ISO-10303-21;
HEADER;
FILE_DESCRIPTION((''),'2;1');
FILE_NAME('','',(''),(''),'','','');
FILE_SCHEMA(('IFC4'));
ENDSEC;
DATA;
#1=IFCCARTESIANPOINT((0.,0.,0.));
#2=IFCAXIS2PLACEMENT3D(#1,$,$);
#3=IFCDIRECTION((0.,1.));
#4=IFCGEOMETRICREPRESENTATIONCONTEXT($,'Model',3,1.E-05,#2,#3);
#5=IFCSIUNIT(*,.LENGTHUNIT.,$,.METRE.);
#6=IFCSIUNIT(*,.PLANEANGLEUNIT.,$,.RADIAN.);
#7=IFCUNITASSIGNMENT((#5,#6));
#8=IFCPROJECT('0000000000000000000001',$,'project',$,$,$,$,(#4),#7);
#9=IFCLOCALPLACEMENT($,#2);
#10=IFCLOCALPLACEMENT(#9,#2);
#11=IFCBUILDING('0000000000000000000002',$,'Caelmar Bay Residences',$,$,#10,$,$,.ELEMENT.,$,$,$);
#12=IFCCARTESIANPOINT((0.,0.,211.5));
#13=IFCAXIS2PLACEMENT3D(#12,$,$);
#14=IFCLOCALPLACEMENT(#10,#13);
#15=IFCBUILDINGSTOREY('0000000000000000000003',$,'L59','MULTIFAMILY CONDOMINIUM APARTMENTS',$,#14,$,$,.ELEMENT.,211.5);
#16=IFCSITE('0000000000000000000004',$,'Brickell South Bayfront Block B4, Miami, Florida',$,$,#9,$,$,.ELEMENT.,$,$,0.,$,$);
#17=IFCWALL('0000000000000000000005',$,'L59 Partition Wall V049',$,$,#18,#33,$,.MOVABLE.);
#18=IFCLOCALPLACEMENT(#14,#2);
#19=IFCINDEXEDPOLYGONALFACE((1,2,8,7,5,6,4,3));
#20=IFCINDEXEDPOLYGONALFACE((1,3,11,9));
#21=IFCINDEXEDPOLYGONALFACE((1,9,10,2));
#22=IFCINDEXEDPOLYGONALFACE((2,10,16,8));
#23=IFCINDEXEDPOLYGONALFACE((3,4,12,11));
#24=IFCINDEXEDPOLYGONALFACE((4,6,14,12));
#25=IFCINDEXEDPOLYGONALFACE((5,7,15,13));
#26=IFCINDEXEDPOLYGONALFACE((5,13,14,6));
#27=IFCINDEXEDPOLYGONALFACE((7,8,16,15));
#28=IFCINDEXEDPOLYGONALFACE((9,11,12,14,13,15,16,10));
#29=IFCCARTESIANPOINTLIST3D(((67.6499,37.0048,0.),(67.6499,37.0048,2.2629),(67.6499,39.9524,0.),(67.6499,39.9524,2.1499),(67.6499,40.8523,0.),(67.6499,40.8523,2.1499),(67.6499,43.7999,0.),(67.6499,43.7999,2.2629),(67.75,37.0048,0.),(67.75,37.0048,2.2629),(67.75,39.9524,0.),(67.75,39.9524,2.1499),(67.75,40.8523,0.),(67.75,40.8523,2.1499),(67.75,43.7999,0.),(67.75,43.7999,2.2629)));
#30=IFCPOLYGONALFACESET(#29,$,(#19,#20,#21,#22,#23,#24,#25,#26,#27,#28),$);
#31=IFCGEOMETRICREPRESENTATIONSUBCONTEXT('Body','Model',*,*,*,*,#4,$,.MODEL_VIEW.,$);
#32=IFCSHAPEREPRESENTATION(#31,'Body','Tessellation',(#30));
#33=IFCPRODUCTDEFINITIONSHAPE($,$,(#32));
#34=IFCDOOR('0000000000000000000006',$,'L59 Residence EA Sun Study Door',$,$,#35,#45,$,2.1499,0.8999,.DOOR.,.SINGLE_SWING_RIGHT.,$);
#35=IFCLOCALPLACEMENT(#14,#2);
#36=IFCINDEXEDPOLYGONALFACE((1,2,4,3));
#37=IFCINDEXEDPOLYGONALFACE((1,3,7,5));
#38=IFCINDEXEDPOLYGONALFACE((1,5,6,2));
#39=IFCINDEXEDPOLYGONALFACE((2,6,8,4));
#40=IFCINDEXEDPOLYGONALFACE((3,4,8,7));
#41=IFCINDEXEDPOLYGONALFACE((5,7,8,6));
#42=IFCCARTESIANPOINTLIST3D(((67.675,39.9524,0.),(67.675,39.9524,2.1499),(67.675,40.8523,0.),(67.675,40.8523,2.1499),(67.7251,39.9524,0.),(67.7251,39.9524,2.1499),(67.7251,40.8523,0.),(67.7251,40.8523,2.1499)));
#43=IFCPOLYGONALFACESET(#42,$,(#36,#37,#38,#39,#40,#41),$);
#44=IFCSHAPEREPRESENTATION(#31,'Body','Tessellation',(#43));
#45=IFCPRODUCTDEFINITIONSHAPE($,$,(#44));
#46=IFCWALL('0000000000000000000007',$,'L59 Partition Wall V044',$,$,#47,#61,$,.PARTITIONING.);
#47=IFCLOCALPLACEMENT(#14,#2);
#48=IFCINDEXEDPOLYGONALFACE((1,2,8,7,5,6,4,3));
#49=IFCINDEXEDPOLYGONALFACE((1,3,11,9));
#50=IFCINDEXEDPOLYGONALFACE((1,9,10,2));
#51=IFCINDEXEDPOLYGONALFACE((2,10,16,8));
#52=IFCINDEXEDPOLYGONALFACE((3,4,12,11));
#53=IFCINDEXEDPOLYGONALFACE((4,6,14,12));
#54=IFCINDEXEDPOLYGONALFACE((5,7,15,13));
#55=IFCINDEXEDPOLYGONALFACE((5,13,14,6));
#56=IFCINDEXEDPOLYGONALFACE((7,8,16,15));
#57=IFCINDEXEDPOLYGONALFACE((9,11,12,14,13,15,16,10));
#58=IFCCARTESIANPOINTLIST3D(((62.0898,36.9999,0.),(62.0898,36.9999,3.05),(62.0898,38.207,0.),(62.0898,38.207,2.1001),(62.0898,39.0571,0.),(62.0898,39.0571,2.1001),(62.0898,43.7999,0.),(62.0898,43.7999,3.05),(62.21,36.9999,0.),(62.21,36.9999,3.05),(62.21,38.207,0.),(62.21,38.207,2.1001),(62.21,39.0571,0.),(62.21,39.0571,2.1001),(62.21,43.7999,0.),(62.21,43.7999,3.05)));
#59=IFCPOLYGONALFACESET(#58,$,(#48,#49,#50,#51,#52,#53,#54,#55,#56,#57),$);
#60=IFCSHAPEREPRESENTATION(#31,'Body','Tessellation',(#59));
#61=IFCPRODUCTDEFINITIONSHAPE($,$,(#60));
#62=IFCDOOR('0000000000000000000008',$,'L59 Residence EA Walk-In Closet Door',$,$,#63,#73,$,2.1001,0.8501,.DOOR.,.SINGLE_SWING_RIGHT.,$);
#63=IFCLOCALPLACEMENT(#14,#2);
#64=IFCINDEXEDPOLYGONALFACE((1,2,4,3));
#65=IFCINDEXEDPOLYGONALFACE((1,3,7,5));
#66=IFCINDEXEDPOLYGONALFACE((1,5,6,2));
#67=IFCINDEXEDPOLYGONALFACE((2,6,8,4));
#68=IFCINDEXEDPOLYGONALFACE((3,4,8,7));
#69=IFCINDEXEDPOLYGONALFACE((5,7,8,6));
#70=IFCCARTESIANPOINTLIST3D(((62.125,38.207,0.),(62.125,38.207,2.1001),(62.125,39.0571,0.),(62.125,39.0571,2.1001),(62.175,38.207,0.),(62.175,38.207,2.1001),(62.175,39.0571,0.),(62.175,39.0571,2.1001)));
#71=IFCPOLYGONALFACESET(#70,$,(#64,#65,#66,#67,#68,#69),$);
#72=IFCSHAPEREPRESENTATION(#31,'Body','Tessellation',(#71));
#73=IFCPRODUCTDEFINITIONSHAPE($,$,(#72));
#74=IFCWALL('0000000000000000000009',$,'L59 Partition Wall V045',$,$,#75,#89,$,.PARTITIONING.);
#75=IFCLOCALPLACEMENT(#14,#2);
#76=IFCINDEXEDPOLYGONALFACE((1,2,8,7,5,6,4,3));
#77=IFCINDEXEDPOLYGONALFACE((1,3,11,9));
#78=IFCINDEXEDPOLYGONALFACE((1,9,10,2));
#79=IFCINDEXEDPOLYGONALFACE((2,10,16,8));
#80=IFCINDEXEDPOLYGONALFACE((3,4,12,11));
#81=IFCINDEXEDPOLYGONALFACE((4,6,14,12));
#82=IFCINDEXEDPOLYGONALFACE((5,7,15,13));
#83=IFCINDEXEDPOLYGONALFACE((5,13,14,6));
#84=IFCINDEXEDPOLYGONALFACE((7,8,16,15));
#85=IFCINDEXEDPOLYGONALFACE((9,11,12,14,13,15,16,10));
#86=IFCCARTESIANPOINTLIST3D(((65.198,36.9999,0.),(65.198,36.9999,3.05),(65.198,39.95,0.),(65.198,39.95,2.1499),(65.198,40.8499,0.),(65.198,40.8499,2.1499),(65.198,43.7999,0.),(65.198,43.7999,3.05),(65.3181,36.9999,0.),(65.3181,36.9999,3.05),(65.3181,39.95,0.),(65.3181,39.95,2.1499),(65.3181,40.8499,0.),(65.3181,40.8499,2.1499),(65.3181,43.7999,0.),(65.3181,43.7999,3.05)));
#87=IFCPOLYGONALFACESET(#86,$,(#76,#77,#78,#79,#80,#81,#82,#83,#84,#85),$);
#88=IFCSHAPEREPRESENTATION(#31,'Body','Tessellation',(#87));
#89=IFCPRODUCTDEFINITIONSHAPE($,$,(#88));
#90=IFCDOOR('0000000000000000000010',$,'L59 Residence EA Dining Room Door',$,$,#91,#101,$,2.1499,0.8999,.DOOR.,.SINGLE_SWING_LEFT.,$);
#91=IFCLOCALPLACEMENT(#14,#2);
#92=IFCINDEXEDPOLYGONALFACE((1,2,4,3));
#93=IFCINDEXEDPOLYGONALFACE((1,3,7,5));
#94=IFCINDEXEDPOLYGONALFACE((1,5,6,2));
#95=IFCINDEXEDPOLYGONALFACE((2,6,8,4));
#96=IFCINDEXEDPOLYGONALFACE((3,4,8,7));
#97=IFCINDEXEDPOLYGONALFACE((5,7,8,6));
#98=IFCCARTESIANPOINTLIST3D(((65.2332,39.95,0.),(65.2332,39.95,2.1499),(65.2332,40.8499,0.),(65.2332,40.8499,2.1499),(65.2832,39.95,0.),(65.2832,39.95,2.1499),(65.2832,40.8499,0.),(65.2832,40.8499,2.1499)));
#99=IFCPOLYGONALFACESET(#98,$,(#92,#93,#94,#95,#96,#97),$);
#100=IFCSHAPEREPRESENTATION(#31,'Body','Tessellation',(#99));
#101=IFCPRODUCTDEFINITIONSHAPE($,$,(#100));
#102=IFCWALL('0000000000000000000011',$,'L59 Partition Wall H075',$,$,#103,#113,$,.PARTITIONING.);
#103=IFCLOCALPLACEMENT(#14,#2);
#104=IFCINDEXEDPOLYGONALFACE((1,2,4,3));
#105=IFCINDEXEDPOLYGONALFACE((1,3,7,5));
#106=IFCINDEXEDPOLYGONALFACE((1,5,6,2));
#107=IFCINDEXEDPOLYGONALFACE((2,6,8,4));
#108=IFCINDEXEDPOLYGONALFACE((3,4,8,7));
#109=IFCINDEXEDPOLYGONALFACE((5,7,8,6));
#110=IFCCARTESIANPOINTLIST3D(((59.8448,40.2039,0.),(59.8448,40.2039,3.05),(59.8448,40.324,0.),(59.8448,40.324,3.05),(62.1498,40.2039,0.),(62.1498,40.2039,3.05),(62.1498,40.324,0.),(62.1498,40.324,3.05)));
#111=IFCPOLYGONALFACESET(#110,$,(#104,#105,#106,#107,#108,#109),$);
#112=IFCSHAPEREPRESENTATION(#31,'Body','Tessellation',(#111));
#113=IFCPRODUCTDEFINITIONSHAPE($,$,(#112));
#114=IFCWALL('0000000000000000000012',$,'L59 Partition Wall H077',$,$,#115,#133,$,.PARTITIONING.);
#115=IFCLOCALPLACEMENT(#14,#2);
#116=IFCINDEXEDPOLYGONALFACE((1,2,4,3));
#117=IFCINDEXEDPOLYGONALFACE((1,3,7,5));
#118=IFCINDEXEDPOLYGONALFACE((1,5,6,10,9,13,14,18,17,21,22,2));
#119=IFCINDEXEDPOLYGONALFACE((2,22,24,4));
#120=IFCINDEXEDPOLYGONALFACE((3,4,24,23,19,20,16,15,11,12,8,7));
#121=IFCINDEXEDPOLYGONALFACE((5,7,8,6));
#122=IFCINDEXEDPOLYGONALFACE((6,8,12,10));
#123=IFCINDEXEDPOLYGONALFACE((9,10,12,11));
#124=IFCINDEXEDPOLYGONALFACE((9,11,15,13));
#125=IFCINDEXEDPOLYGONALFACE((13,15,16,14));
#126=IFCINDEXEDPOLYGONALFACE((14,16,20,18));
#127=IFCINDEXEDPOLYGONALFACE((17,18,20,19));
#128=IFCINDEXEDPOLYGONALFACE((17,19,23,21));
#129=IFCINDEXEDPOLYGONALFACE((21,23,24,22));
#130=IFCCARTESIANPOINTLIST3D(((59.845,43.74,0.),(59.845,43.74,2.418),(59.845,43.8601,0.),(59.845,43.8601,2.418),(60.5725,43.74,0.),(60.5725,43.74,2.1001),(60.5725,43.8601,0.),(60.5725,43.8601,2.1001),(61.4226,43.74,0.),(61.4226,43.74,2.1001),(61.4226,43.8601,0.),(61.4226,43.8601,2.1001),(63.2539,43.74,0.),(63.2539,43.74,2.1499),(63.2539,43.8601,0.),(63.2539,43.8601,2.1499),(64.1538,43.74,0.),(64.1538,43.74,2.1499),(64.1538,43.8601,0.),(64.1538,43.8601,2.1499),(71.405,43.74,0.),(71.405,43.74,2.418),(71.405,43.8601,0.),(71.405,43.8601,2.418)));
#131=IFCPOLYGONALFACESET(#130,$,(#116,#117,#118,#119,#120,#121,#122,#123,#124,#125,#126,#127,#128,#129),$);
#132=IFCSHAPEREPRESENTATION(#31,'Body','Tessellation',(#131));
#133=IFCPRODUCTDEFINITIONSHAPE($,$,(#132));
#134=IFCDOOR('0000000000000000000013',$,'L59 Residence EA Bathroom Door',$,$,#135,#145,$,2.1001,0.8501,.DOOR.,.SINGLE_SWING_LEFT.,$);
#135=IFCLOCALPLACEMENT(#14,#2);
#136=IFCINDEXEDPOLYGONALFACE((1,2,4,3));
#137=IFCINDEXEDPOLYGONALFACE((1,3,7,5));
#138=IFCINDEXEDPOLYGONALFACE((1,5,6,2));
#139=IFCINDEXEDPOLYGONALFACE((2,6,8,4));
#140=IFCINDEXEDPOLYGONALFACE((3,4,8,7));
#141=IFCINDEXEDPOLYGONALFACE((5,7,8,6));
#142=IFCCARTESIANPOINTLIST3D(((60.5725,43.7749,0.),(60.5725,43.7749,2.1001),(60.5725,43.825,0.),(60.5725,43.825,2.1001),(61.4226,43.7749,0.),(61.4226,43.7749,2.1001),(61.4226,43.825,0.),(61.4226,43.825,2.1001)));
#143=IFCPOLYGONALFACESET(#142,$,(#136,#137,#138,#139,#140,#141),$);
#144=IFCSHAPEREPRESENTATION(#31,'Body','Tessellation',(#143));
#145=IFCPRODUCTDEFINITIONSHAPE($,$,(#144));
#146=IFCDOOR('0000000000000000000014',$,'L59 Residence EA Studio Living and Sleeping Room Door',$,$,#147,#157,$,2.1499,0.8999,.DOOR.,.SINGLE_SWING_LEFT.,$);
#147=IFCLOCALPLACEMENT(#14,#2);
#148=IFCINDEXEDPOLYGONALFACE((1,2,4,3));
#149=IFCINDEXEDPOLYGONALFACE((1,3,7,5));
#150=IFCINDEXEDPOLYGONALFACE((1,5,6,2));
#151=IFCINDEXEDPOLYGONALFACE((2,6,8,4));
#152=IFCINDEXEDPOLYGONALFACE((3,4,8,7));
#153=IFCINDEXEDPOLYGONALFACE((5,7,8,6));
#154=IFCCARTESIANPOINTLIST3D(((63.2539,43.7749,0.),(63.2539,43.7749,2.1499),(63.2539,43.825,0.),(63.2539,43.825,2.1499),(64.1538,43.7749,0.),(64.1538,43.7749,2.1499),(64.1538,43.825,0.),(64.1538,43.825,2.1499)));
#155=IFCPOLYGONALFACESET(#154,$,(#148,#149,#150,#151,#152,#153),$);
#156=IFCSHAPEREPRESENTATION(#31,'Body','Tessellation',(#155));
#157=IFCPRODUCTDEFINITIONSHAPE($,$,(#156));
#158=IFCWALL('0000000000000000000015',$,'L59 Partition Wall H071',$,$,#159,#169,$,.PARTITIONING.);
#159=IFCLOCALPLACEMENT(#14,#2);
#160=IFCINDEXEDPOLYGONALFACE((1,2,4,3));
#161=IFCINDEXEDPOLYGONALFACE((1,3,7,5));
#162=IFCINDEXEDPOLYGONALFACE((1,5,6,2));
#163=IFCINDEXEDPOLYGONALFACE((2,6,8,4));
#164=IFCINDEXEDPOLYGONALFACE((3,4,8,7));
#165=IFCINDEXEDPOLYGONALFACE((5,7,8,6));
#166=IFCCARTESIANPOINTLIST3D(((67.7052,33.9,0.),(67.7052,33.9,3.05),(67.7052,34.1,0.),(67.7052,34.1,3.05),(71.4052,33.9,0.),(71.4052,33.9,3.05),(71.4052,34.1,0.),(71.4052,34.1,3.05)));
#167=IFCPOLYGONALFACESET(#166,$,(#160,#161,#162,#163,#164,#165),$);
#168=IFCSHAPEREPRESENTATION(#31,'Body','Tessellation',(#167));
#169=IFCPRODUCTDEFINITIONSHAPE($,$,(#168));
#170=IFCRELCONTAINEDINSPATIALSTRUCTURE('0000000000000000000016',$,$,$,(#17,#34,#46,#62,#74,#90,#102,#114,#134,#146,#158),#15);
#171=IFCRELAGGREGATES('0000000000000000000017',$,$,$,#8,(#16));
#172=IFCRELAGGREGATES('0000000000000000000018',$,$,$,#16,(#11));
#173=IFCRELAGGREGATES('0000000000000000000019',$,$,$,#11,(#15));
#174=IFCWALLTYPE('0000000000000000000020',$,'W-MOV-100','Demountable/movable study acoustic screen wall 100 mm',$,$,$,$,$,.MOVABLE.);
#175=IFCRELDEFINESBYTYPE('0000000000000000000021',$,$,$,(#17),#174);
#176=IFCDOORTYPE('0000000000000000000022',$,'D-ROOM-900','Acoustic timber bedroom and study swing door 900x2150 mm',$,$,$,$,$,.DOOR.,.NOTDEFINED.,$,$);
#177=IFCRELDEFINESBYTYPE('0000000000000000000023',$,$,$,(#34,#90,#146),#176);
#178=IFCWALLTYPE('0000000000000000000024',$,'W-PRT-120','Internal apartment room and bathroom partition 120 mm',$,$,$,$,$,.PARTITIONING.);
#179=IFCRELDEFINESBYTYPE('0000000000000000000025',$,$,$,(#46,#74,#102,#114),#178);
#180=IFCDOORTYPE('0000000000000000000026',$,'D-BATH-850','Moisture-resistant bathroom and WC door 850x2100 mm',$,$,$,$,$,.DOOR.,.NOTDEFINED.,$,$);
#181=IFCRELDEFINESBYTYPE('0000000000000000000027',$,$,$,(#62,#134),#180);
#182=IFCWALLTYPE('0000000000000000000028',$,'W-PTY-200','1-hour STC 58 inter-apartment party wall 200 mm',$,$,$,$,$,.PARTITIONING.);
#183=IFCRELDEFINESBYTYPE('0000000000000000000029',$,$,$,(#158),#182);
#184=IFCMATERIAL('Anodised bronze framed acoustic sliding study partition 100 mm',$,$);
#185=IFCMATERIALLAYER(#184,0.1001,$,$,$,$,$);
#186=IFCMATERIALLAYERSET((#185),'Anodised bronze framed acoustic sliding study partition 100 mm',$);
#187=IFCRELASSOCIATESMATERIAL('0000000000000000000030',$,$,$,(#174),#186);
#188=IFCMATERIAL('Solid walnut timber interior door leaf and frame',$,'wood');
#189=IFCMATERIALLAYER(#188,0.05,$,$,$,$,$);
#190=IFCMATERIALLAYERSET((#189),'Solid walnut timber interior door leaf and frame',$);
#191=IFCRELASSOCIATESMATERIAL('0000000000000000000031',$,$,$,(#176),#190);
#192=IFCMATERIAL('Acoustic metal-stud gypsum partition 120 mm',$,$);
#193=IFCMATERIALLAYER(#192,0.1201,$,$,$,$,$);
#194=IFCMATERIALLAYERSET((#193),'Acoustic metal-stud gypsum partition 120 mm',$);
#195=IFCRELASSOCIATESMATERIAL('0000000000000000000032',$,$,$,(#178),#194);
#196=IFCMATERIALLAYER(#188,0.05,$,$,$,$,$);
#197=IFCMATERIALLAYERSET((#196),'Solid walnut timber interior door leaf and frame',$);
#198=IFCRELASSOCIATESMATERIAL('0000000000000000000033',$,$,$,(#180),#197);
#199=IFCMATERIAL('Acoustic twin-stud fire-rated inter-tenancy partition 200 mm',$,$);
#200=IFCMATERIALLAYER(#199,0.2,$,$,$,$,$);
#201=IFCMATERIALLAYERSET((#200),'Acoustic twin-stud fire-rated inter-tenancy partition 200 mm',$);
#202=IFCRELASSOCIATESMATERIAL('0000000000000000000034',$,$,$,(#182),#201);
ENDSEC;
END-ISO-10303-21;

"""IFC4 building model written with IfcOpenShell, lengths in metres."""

from ifc_helpers import new_model, si_unit, direction, frame, frame_2d, origin, place, context, subcontext, project, spatial, rectangle, extrude, material, layer, layer_set, type_object, element, fill, save


model = new_model("IFC4")

# Units and contexts
model_context = context("Model", 3, precision=1e-05, world=origin(), true_north=direction((0.0, 1.0)))
body_context = subcontext(model_context, "Body", "Model", "MODEL_VIEW")
ifc_project = project(units=[si_unit("LENGTHUNIT", "METRE"), si_unit("PLANEANGLEUNIT", "RADIAN")], contexts=[model_context])

# Site, building, storey
site_placement = place(None, origin())
site = spatial("IfcSite", under=ifc_project, at=site_placement, Name="Brickell South Bayfront Block B4, Miami, Florida", CompositionType="ELEMENT", RefElevation=0.0)
building_placement = place(site_placement, origin())
building = spatial("IfcBuilding", under=site, at=building_placement, Name="Caelmar Bay Residences", CompositionType="ELEMENT")
storey_placement = place(building_placement, frame((0.0, 0.0, 211.5)))
storey = spatial("IfcBuildingStorey", under=building, at=storey_placement, Name="L59", Description="MULTIFAMILY CONDOMINIUM APARTMENTS", CompositionType="ELEMENT", Elevation=211.5)

# Walls, openings, doors
ifc_material_1 = material(Name="Anodised bronze framed acoustic sliding study partition 100 mm")
ifc_layer_1 = layer(ifc_material_1, 0.1001)
ifc_layer_set_1 = layer_set([ifc_layer_1], Name="Anodised bronze framed acoustic sliding study partition 100 mm")
wall_type_1 = type_object("IfcWallType", Name="W-MOV-100", Description="Demountable/movable study acoustic screen wall 100 mm", PredefinedType="MOVABLE", material=ifc_layer_set_1)
wall_1_placement = place(storey_placement, frame((67.7, 37.0049, 0.0), z_axis=(0.0, 0.0, 1.0), x_axis=(0.0, 1.0, 0.0)))
wall_1 = element("IfcWall", 1, at=wall_1_placement, inside=storey, type_object=wall_type_1, Name="L59 Partition Wall V049", PredefinedType="MOVABLE", context=body_context, shape_type="SweptSolid", body=[
    extrude(rectangle(XDim=6.7952, YDim=0.1001, at=frame_2d((3.3975, 0.0))), origin(), (0.0, 0.0, 1.0), 2.2629),
])
opening_1_placement = place(wall_1_placement, frame((2.9475, 0.0, 0.0)))
opening_1 = element("IfcOpeningElement", 2, at=opening_1_placement, cuts=wall_1, PredefinedType="OPENING", context=body_context, shape_type="SweptSolid", body=[
    extrude(rectangle(XDim=0.8999, YDim=2.1499, at=frame_2d((0.45, 1.075))), frame((0.0, 0.0601, 0.0), z_axis=(0.0, -1.0, 0.0), x_axis=(1.0, 0.0, 0.0)), (0.0, 0.0, 1.0), 0.1201),
])
ifc_material_2 = material(Name="Solid walnut timber interior door leaf and frame", Category="wood")
ifc_layer_2 = layer(ifc_material_2, 0.05)
ifc_layer_set_2 = layer_set([ifc_layer_2], Name="Solid walnut timber interior door leaf and frame")
door_type_1 = type_object("IfcDoorType", Name="D-ROOM-900", Description="Acoustic timber bedroom and study swing door 900x2150 mm", OperationType="NOTDEFINED", PredefinedType="DOOR", material=ifc_layer_set_2)
door_1_placement = place(opening_1_placement, origin())
door_1 = element("IfcDoor", 3, at=door_1_placement, inside=storey, type_object=door_type_1, Name="L59 Residence EA Sun Study Door", OperationType="SINGLE_SWING_RIGHT", OverallHeight=2.1499, OverallWidth=0.8999, PredefinedType="DOOR", context=body_context, shape_type="SweptSolid", body=[
    extrude(rectangle(XDim=0.8999, YDim=2.1499, at=frame_2d((0.45, 1.075))), frame((0.0, 0.0249, 0.0), z_axis=(0.0, -1.0, 0.0), x_axis=(1.0, 0.0, 0.0)), (0.0, 0.0, 1.0), 0.05),
])
fill(opening_1, door_1)
ifc_material_3 = material(Name="Acoustic metal-stud gypsum partition 120 mm")
ifc_layer_3 = layer(ifc_material_3, 0.1201)
ifc_layer_set_3 = layer_set([ifc_layer_3], Name="Acoustic metal-stud gypsum partition 120 mm")
wall_type_2 = type_object("IfcWallType", Name="W-PRT-120", Description="Internal apartment room and bathroom partition 120 mm", PredefinedType="PARTITIONING", material=ifc_layer_set_3)
wall_2_placement = place(storey_placement, frame((62.1499, 37.0, 0.0), z_axis=(0.0, 0.0, 1.0), x_axis=(0.0, 1.0, 0.0)))
wall_2 = element("IfcWall", 4, at=wall_2_placement, inside=storey, type_object=wall_type_2, Name="L59 Partition Wall V044", PredefinedType="PARTITIONING", context=body_context, shape_type="SweptSolid", body=[
    extrude(rectangle(XDim=6.8, YDim=0.1201, at=frame_2d((3.3999, 0.0))), origin(), (0.0, 0.0, 1.0), 3.05),
])
opening_2_placement = place(wall_2_placement, frame((1.207, 0.0, 0.0)))
opening_2 = element("IfcOpeningElement", 5, at=opening_2_placement, cuts=wall_2, PredefinedType="OPENING", context=body_context, shape_type="SweptSolid", body=[
    extrude(rectangle(XDim=0.8501, YDim=2.1001, at=frame_2d((0.425, 1.05))), frame((0.0, 0.0701, 0.0), z_axis=(0.0, -1.0, 0.0), x_axis=(1.0, 0.0, 0.0)), (0.0, 0.0, 1.0), 0.1401),
])
ifc_layer_4 = layer(ifc_material_2, 0.05)
ifc_layer_set_4 = layer_set([ifc_layer_4], Name="Solid walnut timber interior door leaf and frame")
door_type_2 = type_object("IfcDoorType", Name="D-BATH-850", Description="Moisture-resistant bathroom and WC door 850x2100 mm", OperationType="NOTDEFINED", PredefinedType="DOOR", material=ifc_layer_set_4)
door_2_placement = place(opening_2_placement, origin())
door_2 = element("IfcDoor", 6, at=door_2_placement, inside=storey, type_object=door_type_2, Name="L59 Residence EA Walk-In Closet Door", OperationType="SINGLE_SWING_RIGHT", OverallHeight=2.1001, OverallWidth=0.8501, PredefinedType="DOOR", context=body_context, shape_type="SweptSolid", body=[
    extrude(rectangle(XDim=0.8501, YDim=2.1001, at=frame_2d((0.425, 1.05))), frame((0.0, 0.0249, 0.0), z_axis=(0.0, -1.0, 0.0), x_axis=(1.0, 0.0, 0.0)), (0.0, 0.0, 1.0), 0.05),
])
fill(opening_2, door_2)
wall_3_placement = place(storey_placement, frame((65.2581, 37.0, 0.0), z_axis=(0.0, 0.0, 1.0), x_axis=(0.0, 1.0, 0.0)))
wall_3 = element("IfcWall", 7, at=wall_3_placement, inside=storey, type_object=wall_type_2, Name="L59 Partition Wall V045", PredefinedType="PARTITIONING", context=body_context, shape_type="SweptSolid", body=[
    extrude(rectangle(XDim=6.8, YDim=0.1201, at=frame_2d((3.3999, 0.0))), origin(), (0.0, 0.0, 1.0), 3.05),
])
opening_3_placement = place(wall_3_placement, frame((2.95, 0.0, 0.0)))
opening_3 = element("IfcOpeningElement", 8, at=opening_3_placement, cuts=wall_3, PredefinedType="OPENING", context=body_context, shape_type="SweptSolid", body=[
    extrude(rectangle(XDim=0.8999, YDim=2.1499, at=frame_2d((0.45, 1.075))), frame((0.0, 0.0701, 0.0), z_axis=(0.0, -1.0, 0.0), x_axis=(1.0, 0.0, 0.0)), (0.0, 0.0, 1.0), 0.1401),
])
door_3_placement = place(opening_3_placement, origin())
door_3 = element("IfcDoor", 9, at=door_3_placement, inside=storey, type_object=door_type_1, Name="L59 Residence EA Dining Room Door", OperationType="SINGLE_SWING_LEFT", OverallHeight=2.1499, OverallWidth=0.8999, PredefinedType="DOOR", context=body_context, shape_type="SweptSolid", body=[
    extrude(rectangle(XDim=0.8999, YDim=2.1499, at=frame_2d((0.45, 1.075))), frame((0.0, 0.0249, 0.0), z_axis=(0.0, -1.0, 0.0), x_axis=(1.0, 0.0, 0.0)), (0.0, 0.0, 1.0), 0.05),
])
fill(opening_3, door_3)

# Wall
wall_4_placement = place(storey_placement, frame((59.845, 40.2639, 0.0), z_axis=(0.0, 0.0, 1.0), x_axis=(1.0, 0.0, 0.0)))
element("IfcWall", 10, at=wall_4_placement, inside=storey, type_object=wall_type_2, Name="L59 Partition Wall H075", PredefinedType="PARTITIONING", context=body_context, shape_type="SweptSolid", body=[
    extrude(rectangle(XDim=2.3049, YDim=0.1201, at=frame_2d((1.1523, 0.0))), origin(), (0.0, 0.0, 1.0), 3.05),
])

# Wall, openings, doors
wall_5_placement = place(storey_placement, frame((59.845, 43.8, 0.0), z_axis=(0.0, 0.0, 1.0), x_axis=(1.0, 0.0, 0.0)))
wall_5 = element("IfcWall", 11, at=wall_5_placement, inside=storey, type_object=wall_type_2, Name="L59 Partition Wall H077", PredefinedType="PARTITIONING", context=body_context, shape_type="SweptSolid", body=[
    extrude(rectangle(XDim=11.5601, YDim=0.1201, at=frame_2d((5.78, 0.0))), origin(), (0.0, 0.0, 1.0), 2.418),
])
opening_4_placement = place(wall_5_placement, frame((3.4089, 0.0, 0.0)))
opening_4 = element("IfcOpeningElement", 12, at=opening_4_placement, cuts=wall_5, PredefinedType="OPENING", context=body_context, shape_type="SweptSolid", body=[
    extrude(rectangle(XDim=0.8999, YDim=2.1499, at=frame_2d((0.45, 1.075))), frame((0.0, 0.0701, 0.0), z_axis=(0.0, -1.0, 0.0), x_axis=(1.0, 0.0, 0.0)), (0.0, 0.0, 1.0), 0.1401),
])
opening_5_placement = place(wall_5_placement, frame((0.7275, 0.0, 0.0)))
opening_5 = element("IfcOpeningElement", 13, at=opening_5_placement, cuts=wall_5, PredefinedType="OPENING", context=body_context, shape_type="SweptSolid", body=[
    extrude(rectangle(XDim=0.8501, YDim=2.1001, at=frame_2d((0.425, 1.05))), frame((0.0, 0.0701, 0.0), z_axis=(0.0, -1.0, 0.0), x_axis=(1.0, 0.0, 0.0)), (0.0, 0.0, 1.0), 0.1401),
])
door_4_placement = place(opening_5_placement, origin())
door_4 = element("IfcDoor", 14, at=door_4_placement, inside=storey, type_object=door_type_2, Name="L59 Residence EA Bathroom Door", OperationType="SINGLE_SWING_LEFT", OverallHeight=2.1001, OverallWidth=0.8501, PredefinedType="DOOR", context=body_context, shape_type="SweptSolid", body=[
    extrude(rectangle(XDim=0.8501, YDim=2.1001, at=frame_2d((0.425, 1.05))), frame((0.0, 0.0249, 0.0), z_axis=(0.0, -1.0, 0.0), x_axis=(1.0, 0.0, 0.0)), (0.0, 0.0, 1.0), 0.05),
])
fill(opening_5, door_4)
door_5_placement = place(opening_4_placement, origin())
door_5 = element("IfcDoor", 15, at=door_5_placement, inside=storey, type_object=door_type_1, Name="L59 Residence EA Studio Living and Sleeping Room Door", OperationType="SINGLE_SWING_LEFT", OverallHeight=2.1499, OverallWidth=0.8999, PredefinedType="DOOR", context=body_context, shape_type="SweptSolid", body=[
    extrude(rectangle(XDim=0.8999, YDim=2.1499, at=frame_2d((0.45, 1.075))), frame((0.0, 0.0249, 0.0), z_axis=(0.0, -1.0, 0.0), x_axis=(1.0, 0.0, 0.0)), (0.0, 0.0, 1.0), 0.05),
])
fill(opening_4, door_5)

# Wall
ifc_material_4 = material(Name="Acoustic twin-stud fire-rated inter-tenancy partition 200 mm")
ifc_layer_5 = layer(ifc_material_4, 0.2)
ifc_layer_set_5 = layer_set([ifc_layer_5], Name="Acoustic twin-stud fire-rated inter-tenancy partition 200 mm")
wall_type_3 = type_object("IfcWallType", Name="W-PTY-200", Description="1-hour STC 58 inter-apartment party wall 200 mm", PredefinedType="PARTITIONING", material=ifc_layer_set_5)
wall_6_placement = place(storey_placement, frame((67.7051, 34.0, 0.0), z_axis=(0.0, 0.0, 1.0), x_axis=(1.0, 0.0, 0.0)))
element("IfcWall", 16, at=wall_6_placement, inside=storey, type_object=wall_type_3, Name="L59 Partition Wall H071", PredefinedType="PARTITIONING", context=body_context, shape_type="SweptSolid", body=[
    extrude(rectangle(XDim=3.7, YDim=0.2, at=frame_2d((1.8501, 0.0))), origin(), (0.0, 0.0, 1.0), 3.05),
])

save(model, "model.ifc")
